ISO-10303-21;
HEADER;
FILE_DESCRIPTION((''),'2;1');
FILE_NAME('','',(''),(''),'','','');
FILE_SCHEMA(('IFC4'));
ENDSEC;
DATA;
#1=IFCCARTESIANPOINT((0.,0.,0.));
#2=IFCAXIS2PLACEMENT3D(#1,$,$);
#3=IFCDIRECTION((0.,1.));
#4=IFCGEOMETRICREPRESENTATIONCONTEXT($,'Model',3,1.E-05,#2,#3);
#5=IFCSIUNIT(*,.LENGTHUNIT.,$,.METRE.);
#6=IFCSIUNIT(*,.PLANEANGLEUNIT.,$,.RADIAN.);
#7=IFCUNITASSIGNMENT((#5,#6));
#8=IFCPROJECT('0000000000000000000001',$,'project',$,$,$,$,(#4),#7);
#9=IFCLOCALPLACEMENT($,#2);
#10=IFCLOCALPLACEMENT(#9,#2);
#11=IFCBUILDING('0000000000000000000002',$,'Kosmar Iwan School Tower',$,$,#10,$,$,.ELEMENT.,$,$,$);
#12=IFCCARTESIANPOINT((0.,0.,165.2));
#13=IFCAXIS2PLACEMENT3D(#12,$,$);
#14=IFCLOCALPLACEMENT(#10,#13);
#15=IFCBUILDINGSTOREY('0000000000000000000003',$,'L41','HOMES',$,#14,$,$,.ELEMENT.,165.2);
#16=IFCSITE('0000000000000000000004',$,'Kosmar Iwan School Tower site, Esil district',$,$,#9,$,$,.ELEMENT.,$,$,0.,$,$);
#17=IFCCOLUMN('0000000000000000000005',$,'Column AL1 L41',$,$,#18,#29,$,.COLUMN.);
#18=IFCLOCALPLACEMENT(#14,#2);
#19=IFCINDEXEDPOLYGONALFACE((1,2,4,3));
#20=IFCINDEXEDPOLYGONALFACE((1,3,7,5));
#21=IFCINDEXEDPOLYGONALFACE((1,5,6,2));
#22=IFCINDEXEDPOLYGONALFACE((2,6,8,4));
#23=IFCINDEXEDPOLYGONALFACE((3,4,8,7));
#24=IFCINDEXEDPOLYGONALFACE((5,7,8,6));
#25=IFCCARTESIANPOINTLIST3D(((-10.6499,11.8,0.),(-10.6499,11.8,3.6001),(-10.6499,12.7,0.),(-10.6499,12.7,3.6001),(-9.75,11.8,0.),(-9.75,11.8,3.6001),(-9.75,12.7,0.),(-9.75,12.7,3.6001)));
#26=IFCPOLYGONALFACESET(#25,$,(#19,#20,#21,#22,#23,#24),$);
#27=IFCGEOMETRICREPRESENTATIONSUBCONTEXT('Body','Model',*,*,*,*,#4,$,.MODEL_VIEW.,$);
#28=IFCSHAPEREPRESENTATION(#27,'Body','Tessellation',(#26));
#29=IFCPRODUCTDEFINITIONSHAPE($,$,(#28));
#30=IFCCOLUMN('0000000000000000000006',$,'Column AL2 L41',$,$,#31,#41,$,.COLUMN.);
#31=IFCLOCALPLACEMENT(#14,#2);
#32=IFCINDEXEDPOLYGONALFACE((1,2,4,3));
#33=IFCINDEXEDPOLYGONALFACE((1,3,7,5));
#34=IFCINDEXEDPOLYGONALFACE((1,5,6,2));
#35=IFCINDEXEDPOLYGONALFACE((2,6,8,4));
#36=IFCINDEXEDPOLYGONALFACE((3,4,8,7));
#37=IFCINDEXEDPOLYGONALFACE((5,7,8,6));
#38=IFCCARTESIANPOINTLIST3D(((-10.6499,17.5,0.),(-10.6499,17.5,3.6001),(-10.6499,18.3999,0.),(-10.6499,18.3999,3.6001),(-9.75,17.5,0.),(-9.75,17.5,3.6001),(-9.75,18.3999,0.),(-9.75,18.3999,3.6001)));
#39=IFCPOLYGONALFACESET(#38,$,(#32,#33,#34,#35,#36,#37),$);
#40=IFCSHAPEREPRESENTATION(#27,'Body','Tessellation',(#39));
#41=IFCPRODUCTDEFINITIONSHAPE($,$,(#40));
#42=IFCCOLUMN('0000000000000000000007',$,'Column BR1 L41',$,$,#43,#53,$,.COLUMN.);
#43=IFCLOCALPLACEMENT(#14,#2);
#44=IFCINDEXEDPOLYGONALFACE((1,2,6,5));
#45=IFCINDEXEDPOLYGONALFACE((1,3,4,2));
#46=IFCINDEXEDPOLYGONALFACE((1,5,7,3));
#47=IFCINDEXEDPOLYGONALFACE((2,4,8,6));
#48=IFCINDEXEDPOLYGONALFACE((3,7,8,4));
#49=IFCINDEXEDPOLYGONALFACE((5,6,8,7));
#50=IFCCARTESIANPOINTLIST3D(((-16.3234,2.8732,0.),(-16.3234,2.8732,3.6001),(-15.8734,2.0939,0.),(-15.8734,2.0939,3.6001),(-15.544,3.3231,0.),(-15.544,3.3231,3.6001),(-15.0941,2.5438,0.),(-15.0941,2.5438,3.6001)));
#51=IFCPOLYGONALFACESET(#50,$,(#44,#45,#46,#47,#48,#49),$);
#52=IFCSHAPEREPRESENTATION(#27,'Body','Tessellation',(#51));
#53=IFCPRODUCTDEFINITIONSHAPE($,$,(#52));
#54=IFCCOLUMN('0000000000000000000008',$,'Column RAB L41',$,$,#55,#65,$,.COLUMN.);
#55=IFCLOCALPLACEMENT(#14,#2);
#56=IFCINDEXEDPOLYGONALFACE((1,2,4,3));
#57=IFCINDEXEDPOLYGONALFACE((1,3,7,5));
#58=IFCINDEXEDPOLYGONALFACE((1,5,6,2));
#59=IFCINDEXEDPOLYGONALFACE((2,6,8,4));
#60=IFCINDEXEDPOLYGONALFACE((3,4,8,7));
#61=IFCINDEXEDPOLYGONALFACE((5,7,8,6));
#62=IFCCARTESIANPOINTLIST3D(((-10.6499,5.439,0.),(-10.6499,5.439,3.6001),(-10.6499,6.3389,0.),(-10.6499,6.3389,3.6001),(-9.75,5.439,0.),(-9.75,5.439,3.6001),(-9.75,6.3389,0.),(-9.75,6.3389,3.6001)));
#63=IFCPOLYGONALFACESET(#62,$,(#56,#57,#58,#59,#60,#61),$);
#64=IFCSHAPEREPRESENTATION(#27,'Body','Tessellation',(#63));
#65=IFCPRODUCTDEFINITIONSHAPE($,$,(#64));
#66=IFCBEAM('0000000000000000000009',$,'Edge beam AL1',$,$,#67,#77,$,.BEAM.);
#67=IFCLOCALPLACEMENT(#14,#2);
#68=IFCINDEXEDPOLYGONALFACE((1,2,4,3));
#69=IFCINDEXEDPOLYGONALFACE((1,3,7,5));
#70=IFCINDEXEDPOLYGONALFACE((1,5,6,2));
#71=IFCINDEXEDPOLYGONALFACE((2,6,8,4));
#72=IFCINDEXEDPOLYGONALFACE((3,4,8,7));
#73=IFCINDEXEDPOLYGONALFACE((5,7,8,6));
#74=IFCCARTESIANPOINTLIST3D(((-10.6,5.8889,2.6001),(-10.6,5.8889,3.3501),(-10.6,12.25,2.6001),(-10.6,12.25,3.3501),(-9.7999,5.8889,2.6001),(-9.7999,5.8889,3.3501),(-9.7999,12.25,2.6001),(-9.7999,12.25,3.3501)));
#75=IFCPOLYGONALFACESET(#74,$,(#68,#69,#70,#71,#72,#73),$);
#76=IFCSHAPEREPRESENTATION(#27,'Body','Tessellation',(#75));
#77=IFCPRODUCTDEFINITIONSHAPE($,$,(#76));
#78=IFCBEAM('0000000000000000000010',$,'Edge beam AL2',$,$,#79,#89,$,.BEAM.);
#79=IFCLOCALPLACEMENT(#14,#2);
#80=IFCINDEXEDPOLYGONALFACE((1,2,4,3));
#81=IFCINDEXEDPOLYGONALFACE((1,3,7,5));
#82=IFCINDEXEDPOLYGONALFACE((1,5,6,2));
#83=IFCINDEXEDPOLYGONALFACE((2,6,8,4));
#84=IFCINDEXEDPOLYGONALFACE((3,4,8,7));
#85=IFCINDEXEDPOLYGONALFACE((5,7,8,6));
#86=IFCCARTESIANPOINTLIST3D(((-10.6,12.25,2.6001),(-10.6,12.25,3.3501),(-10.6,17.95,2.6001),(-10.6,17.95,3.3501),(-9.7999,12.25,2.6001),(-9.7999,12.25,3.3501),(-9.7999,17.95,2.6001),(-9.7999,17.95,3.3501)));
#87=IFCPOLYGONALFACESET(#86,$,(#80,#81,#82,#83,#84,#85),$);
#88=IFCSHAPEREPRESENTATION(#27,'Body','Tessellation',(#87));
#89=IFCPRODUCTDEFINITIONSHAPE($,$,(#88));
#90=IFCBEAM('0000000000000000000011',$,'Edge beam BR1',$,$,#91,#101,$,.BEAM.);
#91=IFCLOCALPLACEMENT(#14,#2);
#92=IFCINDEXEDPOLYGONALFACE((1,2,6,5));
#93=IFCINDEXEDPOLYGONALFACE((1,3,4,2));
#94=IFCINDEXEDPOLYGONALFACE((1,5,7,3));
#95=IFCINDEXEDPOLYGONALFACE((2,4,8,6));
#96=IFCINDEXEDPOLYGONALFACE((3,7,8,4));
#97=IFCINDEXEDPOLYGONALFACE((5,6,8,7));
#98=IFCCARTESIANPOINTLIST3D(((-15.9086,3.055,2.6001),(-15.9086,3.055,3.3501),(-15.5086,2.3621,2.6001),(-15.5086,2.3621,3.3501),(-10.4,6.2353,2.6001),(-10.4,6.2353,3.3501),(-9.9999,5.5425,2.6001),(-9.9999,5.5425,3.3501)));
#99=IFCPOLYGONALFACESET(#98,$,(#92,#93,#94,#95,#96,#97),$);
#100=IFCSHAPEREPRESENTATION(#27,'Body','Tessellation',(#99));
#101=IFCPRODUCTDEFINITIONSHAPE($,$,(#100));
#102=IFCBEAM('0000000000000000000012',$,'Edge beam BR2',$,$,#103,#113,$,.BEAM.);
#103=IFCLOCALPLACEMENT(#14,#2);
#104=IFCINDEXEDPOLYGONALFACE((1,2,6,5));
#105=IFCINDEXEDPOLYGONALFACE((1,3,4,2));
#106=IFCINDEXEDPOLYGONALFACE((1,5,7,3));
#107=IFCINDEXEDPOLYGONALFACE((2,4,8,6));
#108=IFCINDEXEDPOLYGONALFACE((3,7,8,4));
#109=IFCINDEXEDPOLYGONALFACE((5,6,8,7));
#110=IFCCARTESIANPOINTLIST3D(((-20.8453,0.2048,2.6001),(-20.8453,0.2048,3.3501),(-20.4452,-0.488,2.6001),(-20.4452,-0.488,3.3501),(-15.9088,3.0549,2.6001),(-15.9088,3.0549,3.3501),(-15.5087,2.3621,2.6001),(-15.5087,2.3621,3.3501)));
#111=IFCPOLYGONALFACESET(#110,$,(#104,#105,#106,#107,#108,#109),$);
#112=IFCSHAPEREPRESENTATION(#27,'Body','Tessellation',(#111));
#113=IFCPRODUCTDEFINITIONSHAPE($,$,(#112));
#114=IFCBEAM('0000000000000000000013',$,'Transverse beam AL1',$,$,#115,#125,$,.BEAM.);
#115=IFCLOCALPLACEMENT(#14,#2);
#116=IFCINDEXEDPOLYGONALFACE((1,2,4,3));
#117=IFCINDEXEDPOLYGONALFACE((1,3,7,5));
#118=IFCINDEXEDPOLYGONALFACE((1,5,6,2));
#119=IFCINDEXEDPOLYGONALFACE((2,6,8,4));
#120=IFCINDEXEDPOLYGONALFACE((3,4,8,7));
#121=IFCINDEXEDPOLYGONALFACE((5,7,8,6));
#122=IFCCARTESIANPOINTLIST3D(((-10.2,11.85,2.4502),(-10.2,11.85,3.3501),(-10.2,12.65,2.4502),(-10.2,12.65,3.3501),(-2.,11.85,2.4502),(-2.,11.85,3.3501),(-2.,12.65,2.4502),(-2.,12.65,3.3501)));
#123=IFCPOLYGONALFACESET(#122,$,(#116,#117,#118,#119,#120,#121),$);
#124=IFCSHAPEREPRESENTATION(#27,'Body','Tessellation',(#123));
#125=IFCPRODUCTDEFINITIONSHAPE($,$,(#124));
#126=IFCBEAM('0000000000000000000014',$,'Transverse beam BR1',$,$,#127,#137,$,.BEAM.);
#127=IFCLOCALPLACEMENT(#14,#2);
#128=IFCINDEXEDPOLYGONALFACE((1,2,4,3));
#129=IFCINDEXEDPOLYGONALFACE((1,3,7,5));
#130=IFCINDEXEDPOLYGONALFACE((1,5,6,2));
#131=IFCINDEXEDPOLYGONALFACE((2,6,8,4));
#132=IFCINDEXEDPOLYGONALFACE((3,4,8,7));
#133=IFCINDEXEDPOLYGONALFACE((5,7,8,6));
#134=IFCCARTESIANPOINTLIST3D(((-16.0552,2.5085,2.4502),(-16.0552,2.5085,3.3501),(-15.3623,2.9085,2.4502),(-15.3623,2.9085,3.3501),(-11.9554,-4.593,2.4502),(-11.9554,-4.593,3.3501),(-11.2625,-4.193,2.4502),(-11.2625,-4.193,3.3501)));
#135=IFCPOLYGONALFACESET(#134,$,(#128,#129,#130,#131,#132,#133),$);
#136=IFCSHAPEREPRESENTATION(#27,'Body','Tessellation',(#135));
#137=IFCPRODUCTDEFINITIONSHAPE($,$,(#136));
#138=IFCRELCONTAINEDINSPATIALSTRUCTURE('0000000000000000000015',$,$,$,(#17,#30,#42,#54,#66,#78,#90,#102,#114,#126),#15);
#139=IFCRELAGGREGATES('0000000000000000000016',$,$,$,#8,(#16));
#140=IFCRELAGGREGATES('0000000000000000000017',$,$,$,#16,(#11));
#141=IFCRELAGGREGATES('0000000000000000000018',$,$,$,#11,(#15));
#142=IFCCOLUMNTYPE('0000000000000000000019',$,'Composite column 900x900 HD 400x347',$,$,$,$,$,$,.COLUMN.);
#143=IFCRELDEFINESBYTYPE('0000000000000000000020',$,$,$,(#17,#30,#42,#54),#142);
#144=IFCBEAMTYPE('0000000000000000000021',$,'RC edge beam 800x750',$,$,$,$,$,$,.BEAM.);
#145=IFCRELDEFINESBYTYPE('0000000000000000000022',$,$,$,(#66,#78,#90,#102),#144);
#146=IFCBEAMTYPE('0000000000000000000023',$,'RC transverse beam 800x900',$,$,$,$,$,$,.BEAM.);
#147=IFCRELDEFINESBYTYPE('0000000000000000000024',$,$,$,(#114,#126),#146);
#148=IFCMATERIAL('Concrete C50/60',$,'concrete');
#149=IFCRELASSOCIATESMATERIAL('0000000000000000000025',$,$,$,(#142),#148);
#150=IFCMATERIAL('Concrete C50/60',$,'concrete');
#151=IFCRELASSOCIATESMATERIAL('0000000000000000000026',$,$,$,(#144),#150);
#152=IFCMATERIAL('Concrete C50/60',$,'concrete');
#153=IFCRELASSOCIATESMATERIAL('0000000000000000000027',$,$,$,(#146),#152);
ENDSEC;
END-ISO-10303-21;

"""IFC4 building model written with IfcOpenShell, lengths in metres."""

from ifc_helpers import new_model, si_unit, direction, frame, origin, origin_2d, place, context, subcontext, project, spatial, rectangle, extrude, material, material_profile, profile_set, type_object, element, save


model = new_model("IFC4")

# Units and contexts
model_context = context("Model", 3, precision=1e-05, world=origin(), true_north=direction((0.0, 1.0)))
body_context = subcontext(model_context, "Body", "Model", "MODEL_VIEW")
ifc_project = project(units=[si_unit("LENGTHUNIT", "METRE"), si_unit("PLANEANGLEUNIT", "RADIAN")], contexts=[model_context])

# Site, building, storey
site_placement = place(None, origin())
site = spatial("IfcSite", under=ifc_project, at=site_placement, Name="Kosmar Iwan School Tower site, Esil district", CompositionType="ELEMENT", RefElevation=0.0)
building_placement = place(site_placement, origin())
building = spatial("IfcBuilding", under=site, at=building_placement, Name="Kosmar Iwan School Tower", CompositionType="ELEMENT")
storey_placement = place(building_placement, frame((0.0, 0.0, 165.2)))
storey = spatial("IfcBuildingStorey", under=building, at=storey_placement, Name="L41", Description="HOMES", CompositionType="ELEMENT", Elevation=165.2)

# Columns
ifc_material_1 = material(Name="Concrete C50/60", Category="concrete")
ifc_material_profile_1 = material_profile(ifc_material_1, rectangle(XDim=0.8999, YDim=0.8999, at=origin_2d()), Name="RC 900x900 + HD 400x347")
ifc_profile_set_1 = profile_set([ifc_material_profile_1], Name="Concrete C50/60")
column_type = type_object("IfcColumnType", Name="Composite column 900x900 HD 400x347", PredefinedType="COLUMN", material=ifc_profile_set_1)
for number, where, z_axis, x_axis, name in (
    (1, (-10.2, 12.25, 0.0), (0.0, 0.0, 1.0), (0.0, 1.0, 0.0), "Column AL1 L41"),
    (2, (-10.2, 17.95, 0.0), (0.0, 0.0, 1.0), (0.0, 1.0, 0.0), "Column AL2 L41"),
    (3, (-15.7087, 2.7085, 0.0), (0.0, 0.0, 1.0), (-0.866025, -0.5, 0.0), "Column BR1 L41"),
    (4, (-10.2, 5.8889, 0.0), (0.0, 0.0, 1.0), (1.0, 0.0, 0.0), "Column RAB L41"),
):
    element("IfcColumn", number, at=place(storey_placement, frame(where, z_axis=z_axis, x_axis=x_axis)), inside=storey, type_object=column_type, Name=name, PredefinedType="COLUMN", context=body_context, shape_type="SweptSolid", body=[
        extrude(rectangle(XDim=0.8999, YDim=0.8999, at=origin_2d()), origin(), (0.0, 0.0, 1.0), 3.6001),
    ])

# Beams
ifc_material_2 = material(Name="Concrete C50/60", Category="concrete")
ifc_material_profile_2 = material_profile(ifc_material_2, rectangle(XDim=0.8, YDim=0.75, at=origin_2d()), Name="RC 800x750")
ifc_profile_set_2 = profile_set([ifc_material_profile_2], Name="Concrete C50/60")
beam_type_1 = type_object("IfcBeamType", Name="RC edge beam 800x750", PredefinedType="BEAM", material=ifc_profile_set_2)
beam_1_placement = place(storey_placement, frame((-10.2, 5.8889, 2.9751), z_axis=(0.0, 1.0, 0.0), x_axis=(-1.0, 0.0, 0.0)))
element("IfcBeam", 5, at=beam_1_placement, inside=storey, type_object=beam_type_1, Name="Edge beam AL1", PredefinedType="BEAM", context=body_context, shape_type="SweptSolid", body=[
    extrude(rectangle(XDim=0.8, YDim=0.75, at=origin_2d()), origin(), (0.0, 0.0, 1.0), 6.3611),
])
beam_2_placement = place(storey_placement, frame((-10.2, 12.25, 2.9751), z_axis=(0.0, 1.0, 0.0), x_axis=(-1.0, 0.0, 0.0)))
element("IfcBeam", 6, at=beam_2_placement, inside=storey, type_object=beam_type_1, Name="Edge beam AL2", PredefinedType="BEAM", context=body_context, shape_type="SweptSolid", body=[
    extrude(rectangle(XDim=0.8, YDim=0.75, at=origin_2d()), origin(), (0.0, 0.0, 1.0), 5.7),
])
beam_3_placement = place(storey_placement, frame((-10.2, 5.8889, 2.9751), z_axis=(-0.866031, -0.49999, 0.0), x_axis=(0.49999, -0.866031, 0.0)))
element("IfcBeam", 7, at=beam_3_placement, inside=storey, type_object=beam_type_1, Name="Edge beam BR1", PredefinedType="BEAM", context=body_context, shape_type="SweptSolid", body=[
    extrude(rectangle(XDim=0.8, YDim=0.75, at=origin_2d()), origin(), (0.0, 0.0, 1.0), 6.3608),
])
beam_4_placement = place(storey_placement, frame((-15.7087, 2.7085, 2.9751), z_axis=(-0.866026, -0.499999, 0.0), x_axis=(0.499999, -0.866026, 0.0)))
element("IfcBeam", 8, at=beam_4_placement, inside=storey, type_object=beam_type_1, Name="Edge beam BR2", PredefinedType="BEAM", context=body_context, shape_type="SweptSolid", body=[
    extrude(rectangle(XDim=0.8, YDim=0.75, at=origin_2d()), origin(), (0.0, 0.0, 1.0), 5.7002),
])
ifc_material_3 = material(Name="Concrete C50/60", Category="concrete")
ifc_material_profile_3 = material_profile(ifc_material_3, rectangle(XDim=0.8, YDim=0.8999, at=origin_2d()), Name="RC 800x900")
ifc_profile_set_3 = profile_set([ifc_material_profile_3], Name="Concrete C50/60")
beam_type_2 = type_object("IfcBeamType", Name="RC transverse beam 800x900", PredefinedType="BEAM", material=ifc_profile_set_3)
for number, where, z_axis, x_axis, name in (
    (9, (-10.2, 12.25, 2.9001), (1.0, 0.0, 0.0), (0.0, 1.0, 0.0), "Transverse beam AL1"),
    (10, (-15.7087, 2.7085, 2.9001), (0.499978, -0.866038, 0.0), (0.866038, 0.499978, 0.0), "Transverse beam BR1"),
):
    element("IfcBeam", number, at=place(storey_placement, frame(where, z_axis=z_axis, x_axis=x_axis)), inside=storey, type_object=beam_type_2, Name=name, PredefinedType="BEAM", context=body_context, shape_type="SweptSolid", body=[
        extrude(rectangle(XDim=0.8, YDim=0.8999, at=origin_2d()), origin(), (0.0, 0.0, 1.0), 8.2),
    ])

save(model, "model.ifc")
